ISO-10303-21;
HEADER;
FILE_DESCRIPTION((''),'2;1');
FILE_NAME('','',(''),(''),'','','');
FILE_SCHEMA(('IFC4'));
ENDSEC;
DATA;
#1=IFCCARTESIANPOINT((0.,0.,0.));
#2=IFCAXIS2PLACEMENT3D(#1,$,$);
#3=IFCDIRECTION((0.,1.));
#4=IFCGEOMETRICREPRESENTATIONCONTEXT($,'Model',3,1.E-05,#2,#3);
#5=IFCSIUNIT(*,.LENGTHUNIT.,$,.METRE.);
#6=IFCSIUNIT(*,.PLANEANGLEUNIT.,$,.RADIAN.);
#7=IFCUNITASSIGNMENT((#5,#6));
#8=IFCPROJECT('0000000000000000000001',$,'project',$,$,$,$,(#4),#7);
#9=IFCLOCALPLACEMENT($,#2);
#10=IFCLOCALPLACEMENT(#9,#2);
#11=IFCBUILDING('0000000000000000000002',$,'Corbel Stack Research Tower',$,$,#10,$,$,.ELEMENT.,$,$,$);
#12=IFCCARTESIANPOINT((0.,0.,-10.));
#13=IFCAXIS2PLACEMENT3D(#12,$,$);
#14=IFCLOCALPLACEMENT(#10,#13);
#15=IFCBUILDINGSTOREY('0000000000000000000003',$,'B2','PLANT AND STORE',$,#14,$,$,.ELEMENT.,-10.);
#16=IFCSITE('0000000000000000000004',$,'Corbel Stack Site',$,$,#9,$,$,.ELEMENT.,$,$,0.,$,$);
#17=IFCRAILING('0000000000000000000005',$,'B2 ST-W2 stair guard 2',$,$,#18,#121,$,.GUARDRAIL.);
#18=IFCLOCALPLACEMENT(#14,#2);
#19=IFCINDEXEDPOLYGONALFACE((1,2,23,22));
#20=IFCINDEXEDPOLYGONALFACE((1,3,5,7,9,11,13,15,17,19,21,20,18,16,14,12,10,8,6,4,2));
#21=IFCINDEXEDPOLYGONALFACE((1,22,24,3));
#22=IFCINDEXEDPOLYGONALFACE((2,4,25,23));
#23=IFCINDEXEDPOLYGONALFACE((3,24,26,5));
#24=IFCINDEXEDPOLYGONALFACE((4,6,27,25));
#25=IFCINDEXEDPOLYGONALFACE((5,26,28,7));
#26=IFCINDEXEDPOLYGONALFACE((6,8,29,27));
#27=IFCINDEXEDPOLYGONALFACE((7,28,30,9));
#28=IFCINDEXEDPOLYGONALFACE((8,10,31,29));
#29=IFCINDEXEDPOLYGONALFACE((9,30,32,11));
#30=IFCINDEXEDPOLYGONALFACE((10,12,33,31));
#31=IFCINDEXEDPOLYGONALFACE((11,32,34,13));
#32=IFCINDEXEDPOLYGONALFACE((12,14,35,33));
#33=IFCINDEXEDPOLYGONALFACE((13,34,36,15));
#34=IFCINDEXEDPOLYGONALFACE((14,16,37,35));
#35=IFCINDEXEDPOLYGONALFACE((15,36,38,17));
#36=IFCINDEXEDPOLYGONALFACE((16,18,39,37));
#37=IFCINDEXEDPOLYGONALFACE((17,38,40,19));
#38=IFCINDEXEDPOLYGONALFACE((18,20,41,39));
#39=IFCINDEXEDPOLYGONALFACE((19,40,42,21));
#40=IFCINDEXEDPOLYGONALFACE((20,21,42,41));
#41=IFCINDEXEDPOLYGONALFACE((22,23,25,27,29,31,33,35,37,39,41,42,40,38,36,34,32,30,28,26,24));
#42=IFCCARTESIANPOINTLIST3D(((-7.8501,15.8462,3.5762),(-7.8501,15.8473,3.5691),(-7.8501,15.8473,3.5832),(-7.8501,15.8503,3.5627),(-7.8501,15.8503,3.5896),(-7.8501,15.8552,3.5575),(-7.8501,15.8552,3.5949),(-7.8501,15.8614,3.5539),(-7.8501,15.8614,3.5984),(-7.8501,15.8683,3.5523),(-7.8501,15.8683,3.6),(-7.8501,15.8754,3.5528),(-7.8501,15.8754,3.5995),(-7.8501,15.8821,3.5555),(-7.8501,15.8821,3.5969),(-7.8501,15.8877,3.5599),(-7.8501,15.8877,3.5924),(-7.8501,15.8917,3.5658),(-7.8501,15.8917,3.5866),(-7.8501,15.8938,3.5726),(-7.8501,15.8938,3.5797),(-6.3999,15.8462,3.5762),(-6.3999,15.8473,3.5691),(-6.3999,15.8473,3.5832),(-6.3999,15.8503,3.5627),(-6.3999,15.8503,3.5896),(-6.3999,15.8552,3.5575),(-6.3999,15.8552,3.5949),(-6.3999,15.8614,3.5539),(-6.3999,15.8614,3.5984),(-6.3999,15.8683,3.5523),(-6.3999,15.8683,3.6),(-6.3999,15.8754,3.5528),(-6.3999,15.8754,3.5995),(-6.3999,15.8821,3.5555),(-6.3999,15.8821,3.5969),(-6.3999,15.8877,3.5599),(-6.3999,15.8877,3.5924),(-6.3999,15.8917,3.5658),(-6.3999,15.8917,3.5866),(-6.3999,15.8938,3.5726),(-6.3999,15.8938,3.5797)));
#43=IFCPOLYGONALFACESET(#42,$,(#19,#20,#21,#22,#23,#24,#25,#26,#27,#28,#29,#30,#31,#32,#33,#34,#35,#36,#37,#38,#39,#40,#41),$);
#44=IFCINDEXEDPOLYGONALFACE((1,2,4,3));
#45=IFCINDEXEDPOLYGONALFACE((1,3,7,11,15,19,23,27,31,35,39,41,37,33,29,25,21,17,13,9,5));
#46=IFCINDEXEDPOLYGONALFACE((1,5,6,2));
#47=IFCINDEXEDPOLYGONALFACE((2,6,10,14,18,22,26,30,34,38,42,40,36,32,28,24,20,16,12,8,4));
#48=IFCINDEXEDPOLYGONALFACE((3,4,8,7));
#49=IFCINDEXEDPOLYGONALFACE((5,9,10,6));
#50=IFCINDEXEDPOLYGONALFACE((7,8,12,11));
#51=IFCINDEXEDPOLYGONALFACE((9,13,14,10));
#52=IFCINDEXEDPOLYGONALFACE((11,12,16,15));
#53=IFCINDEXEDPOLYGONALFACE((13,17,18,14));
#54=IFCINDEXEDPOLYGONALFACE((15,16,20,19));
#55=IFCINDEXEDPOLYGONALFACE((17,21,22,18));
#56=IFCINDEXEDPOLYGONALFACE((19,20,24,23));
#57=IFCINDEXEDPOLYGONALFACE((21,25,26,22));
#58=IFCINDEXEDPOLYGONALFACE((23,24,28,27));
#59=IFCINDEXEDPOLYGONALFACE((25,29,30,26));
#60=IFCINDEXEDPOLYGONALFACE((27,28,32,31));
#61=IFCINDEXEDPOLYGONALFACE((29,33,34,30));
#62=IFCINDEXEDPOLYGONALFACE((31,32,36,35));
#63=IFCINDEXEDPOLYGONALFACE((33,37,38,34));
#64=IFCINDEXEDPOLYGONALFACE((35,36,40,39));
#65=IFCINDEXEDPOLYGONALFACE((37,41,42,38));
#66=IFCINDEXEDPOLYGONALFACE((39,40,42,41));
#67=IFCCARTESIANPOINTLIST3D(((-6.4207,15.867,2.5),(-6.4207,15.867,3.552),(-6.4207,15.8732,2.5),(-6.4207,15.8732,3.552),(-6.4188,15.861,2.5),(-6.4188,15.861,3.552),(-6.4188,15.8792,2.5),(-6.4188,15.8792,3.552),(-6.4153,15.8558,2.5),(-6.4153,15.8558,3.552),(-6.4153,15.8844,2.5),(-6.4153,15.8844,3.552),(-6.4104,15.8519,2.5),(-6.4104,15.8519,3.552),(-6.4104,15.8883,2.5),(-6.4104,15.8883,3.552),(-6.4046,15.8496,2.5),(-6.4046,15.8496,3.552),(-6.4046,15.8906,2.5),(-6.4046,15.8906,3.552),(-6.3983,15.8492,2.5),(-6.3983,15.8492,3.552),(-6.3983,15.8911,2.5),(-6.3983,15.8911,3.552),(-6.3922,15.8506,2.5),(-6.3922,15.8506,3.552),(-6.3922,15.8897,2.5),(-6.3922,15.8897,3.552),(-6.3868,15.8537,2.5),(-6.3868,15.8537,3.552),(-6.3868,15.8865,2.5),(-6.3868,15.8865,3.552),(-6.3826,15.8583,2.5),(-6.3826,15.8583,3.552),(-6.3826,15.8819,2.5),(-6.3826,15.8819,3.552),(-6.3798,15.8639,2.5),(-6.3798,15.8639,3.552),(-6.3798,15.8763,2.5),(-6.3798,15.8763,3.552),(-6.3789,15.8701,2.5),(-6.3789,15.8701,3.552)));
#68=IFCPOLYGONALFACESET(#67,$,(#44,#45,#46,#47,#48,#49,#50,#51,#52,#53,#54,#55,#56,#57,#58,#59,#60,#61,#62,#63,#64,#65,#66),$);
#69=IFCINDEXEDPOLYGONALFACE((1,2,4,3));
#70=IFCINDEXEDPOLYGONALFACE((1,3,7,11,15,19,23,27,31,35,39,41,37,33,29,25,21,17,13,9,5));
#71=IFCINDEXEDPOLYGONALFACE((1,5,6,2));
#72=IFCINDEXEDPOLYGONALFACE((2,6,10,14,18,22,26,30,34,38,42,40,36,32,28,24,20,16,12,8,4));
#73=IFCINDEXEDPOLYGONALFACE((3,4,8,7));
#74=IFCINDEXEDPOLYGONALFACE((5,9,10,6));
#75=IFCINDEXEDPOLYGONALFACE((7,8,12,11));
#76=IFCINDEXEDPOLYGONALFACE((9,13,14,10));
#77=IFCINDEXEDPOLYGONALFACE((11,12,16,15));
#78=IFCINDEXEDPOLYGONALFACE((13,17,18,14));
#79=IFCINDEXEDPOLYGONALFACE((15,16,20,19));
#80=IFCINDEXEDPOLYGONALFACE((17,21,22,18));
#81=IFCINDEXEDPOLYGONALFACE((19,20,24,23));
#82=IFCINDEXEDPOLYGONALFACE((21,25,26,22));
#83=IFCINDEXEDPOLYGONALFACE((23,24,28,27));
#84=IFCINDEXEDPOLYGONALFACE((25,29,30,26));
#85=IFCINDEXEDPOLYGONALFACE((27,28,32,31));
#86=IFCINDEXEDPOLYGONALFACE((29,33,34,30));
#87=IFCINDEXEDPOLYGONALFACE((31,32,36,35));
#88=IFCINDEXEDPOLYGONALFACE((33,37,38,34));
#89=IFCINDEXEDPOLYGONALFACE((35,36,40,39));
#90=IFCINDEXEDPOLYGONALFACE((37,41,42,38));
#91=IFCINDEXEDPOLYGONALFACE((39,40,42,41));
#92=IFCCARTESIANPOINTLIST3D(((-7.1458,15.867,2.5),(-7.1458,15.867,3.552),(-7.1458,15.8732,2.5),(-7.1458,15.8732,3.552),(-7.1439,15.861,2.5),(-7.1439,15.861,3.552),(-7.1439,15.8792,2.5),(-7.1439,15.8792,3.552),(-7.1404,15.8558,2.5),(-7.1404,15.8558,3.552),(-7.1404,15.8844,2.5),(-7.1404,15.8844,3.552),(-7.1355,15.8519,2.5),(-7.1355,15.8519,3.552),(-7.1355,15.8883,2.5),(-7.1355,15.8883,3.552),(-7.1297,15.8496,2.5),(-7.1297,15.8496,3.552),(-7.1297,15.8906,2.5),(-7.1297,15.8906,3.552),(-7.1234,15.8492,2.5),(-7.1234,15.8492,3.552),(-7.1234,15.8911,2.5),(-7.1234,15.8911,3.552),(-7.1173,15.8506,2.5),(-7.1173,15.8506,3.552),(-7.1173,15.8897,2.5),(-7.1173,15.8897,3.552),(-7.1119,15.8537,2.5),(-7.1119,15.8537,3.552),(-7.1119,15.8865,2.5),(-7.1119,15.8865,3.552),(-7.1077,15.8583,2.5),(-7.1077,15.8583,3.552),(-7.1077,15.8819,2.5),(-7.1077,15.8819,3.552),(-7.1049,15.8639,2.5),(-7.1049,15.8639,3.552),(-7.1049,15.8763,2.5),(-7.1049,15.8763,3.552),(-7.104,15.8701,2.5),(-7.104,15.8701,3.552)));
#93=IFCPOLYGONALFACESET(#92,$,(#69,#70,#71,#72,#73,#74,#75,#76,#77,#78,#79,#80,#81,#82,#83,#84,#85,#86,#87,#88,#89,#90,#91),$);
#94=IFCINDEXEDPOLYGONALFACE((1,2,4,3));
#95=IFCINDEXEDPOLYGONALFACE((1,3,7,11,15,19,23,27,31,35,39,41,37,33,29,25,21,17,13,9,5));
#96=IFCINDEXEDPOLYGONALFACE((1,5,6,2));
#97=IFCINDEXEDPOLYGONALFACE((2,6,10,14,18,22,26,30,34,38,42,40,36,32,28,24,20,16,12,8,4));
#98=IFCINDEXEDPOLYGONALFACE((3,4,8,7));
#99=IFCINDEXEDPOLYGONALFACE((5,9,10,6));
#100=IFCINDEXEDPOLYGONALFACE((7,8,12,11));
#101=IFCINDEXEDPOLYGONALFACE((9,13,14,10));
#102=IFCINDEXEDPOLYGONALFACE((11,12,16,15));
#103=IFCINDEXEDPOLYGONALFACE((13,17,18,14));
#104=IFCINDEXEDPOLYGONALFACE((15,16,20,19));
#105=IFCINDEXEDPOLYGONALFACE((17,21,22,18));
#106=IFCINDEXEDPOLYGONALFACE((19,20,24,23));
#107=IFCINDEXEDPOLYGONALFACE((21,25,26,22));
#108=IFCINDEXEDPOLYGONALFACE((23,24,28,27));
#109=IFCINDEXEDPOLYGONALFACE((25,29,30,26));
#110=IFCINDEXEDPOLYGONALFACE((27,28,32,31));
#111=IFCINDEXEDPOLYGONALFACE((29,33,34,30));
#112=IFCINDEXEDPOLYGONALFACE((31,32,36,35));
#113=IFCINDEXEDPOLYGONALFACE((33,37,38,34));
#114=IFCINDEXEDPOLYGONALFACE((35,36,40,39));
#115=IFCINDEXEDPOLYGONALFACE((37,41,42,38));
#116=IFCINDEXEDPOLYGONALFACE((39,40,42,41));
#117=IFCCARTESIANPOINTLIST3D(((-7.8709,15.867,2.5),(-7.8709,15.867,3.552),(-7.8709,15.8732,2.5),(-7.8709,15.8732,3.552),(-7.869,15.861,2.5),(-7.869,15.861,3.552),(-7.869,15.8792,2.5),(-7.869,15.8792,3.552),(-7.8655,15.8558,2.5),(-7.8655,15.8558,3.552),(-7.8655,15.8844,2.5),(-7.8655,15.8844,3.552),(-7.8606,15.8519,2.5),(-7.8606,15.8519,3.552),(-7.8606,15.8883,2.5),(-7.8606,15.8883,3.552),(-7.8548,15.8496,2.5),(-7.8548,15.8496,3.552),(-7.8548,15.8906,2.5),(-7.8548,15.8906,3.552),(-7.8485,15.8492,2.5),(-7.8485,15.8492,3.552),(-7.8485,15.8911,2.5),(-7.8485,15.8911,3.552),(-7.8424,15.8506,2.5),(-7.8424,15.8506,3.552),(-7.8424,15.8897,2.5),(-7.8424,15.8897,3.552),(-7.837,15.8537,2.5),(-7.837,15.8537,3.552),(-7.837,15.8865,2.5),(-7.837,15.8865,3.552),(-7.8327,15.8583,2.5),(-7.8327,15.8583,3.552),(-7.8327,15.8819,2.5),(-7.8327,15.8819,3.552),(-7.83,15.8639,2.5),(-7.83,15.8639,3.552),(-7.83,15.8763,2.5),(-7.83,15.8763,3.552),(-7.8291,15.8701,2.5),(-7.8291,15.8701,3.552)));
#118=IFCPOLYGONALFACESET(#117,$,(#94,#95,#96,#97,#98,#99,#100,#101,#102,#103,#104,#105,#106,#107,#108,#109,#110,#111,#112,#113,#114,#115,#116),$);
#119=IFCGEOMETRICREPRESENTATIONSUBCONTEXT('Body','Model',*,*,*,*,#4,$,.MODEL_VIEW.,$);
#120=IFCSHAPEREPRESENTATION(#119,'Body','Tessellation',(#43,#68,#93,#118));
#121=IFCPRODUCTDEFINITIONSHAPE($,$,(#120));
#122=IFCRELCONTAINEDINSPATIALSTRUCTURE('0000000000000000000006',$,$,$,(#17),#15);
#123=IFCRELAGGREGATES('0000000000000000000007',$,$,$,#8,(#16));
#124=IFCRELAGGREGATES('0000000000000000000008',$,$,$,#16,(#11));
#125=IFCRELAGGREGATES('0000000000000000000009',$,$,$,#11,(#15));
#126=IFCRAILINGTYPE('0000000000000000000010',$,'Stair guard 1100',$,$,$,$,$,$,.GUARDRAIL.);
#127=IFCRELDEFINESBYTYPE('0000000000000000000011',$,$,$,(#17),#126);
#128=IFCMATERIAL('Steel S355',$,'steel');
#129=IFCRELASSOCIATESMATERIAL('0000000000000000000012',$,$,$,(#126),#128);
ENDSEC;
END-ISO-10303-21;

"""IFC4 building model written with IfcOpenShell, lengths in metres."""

from ifc_helpers import new_model, si_unit, direction, frame, origin, origin_2d, place, context, subcontext, project, spatial, circle, extrude, material, type_object, element, save


model = new_model("IFC4")

# Units and contexts
model_context = context("Model", 3, precision=1e-05, world=origin(), true_north=direction((0.0, 1.0)))
body_context = subcontext(model_context, "Body", "Model", "MODEL_VIEW")
ifc_project = project(units=[si_unit("LENGTHUNIT", "METRE"), si_unit("PLANEANGLEUNIT", "RADIAN")], contexts=[model_context])

# Site, building, storey
site_placement = place(None, origin())
site = spatial("IfcSite", under=ifc_project, at=site_placement, Name="Corbel Stack Site", CompositionType="ELEMENT", RefElevation=0.0)
building_placement = place(site_placement, origin())
building = spatial("IfcBuilding", under=site, at=building_placement, Name="Corbel Stack Research Tower", CompositionType="ELEMENT")
storey_placement = place(building_placement, frame((0.0, 0.0, -10.0)))
storey = spatial("IfcBuildingStorey", under=building, at=storey_placement, Name="B2", Description="PLANT AND STORE", CompositionType="ELEMENT", Elevation=-10.0)

# Railing
ifc_material_1 = material(Name="Steel S355", Category="steel")
railing_type_1 = type_object("IfcRailingType", Name="Stair guard 1100", PredefinedType="GUARDRAIL", material=ifc_material_1)
railing_1_placement = place(storey_placement, frame((-6.3999, 15.8701, 2.5)))
element("IfcRailing", 1, at=railing_1_placement, inside=storey, type_object=railing_type_1, Name="B2 ST-W2 stair guard 2", PredefinedType="GUARDRAIL", context=body_context, shape_type="SweptSolid", body=[
    extrude(circle(Radius=0.0239, at=origin_2d()), frame((0.0, 0.0, 1.0762), z_axis=(-1.0, 0.0, 0.0), x_axis=(0.0, -1.0, 0.0)), (0.0, 0.0, 1.0), 1.4502),
    extrude(circle(Radius=0.021, at=origin_2d()), origin(), (0.0, 0.0, 1.0), 1.052),
    extrude(circle(Radius=0.021, at=origin_2d()), frame((-0.7251, 0.0, 0.0)), (0.0, 0.0, 1.0), 1.052),
    extrude(circle(Radius=0.021, at=origin_2d()), frame((-1.4502, 0.0, 0.0)), (0.0, 0.0, 1.0), 1.052),
])

save(model, "model.ifc")
